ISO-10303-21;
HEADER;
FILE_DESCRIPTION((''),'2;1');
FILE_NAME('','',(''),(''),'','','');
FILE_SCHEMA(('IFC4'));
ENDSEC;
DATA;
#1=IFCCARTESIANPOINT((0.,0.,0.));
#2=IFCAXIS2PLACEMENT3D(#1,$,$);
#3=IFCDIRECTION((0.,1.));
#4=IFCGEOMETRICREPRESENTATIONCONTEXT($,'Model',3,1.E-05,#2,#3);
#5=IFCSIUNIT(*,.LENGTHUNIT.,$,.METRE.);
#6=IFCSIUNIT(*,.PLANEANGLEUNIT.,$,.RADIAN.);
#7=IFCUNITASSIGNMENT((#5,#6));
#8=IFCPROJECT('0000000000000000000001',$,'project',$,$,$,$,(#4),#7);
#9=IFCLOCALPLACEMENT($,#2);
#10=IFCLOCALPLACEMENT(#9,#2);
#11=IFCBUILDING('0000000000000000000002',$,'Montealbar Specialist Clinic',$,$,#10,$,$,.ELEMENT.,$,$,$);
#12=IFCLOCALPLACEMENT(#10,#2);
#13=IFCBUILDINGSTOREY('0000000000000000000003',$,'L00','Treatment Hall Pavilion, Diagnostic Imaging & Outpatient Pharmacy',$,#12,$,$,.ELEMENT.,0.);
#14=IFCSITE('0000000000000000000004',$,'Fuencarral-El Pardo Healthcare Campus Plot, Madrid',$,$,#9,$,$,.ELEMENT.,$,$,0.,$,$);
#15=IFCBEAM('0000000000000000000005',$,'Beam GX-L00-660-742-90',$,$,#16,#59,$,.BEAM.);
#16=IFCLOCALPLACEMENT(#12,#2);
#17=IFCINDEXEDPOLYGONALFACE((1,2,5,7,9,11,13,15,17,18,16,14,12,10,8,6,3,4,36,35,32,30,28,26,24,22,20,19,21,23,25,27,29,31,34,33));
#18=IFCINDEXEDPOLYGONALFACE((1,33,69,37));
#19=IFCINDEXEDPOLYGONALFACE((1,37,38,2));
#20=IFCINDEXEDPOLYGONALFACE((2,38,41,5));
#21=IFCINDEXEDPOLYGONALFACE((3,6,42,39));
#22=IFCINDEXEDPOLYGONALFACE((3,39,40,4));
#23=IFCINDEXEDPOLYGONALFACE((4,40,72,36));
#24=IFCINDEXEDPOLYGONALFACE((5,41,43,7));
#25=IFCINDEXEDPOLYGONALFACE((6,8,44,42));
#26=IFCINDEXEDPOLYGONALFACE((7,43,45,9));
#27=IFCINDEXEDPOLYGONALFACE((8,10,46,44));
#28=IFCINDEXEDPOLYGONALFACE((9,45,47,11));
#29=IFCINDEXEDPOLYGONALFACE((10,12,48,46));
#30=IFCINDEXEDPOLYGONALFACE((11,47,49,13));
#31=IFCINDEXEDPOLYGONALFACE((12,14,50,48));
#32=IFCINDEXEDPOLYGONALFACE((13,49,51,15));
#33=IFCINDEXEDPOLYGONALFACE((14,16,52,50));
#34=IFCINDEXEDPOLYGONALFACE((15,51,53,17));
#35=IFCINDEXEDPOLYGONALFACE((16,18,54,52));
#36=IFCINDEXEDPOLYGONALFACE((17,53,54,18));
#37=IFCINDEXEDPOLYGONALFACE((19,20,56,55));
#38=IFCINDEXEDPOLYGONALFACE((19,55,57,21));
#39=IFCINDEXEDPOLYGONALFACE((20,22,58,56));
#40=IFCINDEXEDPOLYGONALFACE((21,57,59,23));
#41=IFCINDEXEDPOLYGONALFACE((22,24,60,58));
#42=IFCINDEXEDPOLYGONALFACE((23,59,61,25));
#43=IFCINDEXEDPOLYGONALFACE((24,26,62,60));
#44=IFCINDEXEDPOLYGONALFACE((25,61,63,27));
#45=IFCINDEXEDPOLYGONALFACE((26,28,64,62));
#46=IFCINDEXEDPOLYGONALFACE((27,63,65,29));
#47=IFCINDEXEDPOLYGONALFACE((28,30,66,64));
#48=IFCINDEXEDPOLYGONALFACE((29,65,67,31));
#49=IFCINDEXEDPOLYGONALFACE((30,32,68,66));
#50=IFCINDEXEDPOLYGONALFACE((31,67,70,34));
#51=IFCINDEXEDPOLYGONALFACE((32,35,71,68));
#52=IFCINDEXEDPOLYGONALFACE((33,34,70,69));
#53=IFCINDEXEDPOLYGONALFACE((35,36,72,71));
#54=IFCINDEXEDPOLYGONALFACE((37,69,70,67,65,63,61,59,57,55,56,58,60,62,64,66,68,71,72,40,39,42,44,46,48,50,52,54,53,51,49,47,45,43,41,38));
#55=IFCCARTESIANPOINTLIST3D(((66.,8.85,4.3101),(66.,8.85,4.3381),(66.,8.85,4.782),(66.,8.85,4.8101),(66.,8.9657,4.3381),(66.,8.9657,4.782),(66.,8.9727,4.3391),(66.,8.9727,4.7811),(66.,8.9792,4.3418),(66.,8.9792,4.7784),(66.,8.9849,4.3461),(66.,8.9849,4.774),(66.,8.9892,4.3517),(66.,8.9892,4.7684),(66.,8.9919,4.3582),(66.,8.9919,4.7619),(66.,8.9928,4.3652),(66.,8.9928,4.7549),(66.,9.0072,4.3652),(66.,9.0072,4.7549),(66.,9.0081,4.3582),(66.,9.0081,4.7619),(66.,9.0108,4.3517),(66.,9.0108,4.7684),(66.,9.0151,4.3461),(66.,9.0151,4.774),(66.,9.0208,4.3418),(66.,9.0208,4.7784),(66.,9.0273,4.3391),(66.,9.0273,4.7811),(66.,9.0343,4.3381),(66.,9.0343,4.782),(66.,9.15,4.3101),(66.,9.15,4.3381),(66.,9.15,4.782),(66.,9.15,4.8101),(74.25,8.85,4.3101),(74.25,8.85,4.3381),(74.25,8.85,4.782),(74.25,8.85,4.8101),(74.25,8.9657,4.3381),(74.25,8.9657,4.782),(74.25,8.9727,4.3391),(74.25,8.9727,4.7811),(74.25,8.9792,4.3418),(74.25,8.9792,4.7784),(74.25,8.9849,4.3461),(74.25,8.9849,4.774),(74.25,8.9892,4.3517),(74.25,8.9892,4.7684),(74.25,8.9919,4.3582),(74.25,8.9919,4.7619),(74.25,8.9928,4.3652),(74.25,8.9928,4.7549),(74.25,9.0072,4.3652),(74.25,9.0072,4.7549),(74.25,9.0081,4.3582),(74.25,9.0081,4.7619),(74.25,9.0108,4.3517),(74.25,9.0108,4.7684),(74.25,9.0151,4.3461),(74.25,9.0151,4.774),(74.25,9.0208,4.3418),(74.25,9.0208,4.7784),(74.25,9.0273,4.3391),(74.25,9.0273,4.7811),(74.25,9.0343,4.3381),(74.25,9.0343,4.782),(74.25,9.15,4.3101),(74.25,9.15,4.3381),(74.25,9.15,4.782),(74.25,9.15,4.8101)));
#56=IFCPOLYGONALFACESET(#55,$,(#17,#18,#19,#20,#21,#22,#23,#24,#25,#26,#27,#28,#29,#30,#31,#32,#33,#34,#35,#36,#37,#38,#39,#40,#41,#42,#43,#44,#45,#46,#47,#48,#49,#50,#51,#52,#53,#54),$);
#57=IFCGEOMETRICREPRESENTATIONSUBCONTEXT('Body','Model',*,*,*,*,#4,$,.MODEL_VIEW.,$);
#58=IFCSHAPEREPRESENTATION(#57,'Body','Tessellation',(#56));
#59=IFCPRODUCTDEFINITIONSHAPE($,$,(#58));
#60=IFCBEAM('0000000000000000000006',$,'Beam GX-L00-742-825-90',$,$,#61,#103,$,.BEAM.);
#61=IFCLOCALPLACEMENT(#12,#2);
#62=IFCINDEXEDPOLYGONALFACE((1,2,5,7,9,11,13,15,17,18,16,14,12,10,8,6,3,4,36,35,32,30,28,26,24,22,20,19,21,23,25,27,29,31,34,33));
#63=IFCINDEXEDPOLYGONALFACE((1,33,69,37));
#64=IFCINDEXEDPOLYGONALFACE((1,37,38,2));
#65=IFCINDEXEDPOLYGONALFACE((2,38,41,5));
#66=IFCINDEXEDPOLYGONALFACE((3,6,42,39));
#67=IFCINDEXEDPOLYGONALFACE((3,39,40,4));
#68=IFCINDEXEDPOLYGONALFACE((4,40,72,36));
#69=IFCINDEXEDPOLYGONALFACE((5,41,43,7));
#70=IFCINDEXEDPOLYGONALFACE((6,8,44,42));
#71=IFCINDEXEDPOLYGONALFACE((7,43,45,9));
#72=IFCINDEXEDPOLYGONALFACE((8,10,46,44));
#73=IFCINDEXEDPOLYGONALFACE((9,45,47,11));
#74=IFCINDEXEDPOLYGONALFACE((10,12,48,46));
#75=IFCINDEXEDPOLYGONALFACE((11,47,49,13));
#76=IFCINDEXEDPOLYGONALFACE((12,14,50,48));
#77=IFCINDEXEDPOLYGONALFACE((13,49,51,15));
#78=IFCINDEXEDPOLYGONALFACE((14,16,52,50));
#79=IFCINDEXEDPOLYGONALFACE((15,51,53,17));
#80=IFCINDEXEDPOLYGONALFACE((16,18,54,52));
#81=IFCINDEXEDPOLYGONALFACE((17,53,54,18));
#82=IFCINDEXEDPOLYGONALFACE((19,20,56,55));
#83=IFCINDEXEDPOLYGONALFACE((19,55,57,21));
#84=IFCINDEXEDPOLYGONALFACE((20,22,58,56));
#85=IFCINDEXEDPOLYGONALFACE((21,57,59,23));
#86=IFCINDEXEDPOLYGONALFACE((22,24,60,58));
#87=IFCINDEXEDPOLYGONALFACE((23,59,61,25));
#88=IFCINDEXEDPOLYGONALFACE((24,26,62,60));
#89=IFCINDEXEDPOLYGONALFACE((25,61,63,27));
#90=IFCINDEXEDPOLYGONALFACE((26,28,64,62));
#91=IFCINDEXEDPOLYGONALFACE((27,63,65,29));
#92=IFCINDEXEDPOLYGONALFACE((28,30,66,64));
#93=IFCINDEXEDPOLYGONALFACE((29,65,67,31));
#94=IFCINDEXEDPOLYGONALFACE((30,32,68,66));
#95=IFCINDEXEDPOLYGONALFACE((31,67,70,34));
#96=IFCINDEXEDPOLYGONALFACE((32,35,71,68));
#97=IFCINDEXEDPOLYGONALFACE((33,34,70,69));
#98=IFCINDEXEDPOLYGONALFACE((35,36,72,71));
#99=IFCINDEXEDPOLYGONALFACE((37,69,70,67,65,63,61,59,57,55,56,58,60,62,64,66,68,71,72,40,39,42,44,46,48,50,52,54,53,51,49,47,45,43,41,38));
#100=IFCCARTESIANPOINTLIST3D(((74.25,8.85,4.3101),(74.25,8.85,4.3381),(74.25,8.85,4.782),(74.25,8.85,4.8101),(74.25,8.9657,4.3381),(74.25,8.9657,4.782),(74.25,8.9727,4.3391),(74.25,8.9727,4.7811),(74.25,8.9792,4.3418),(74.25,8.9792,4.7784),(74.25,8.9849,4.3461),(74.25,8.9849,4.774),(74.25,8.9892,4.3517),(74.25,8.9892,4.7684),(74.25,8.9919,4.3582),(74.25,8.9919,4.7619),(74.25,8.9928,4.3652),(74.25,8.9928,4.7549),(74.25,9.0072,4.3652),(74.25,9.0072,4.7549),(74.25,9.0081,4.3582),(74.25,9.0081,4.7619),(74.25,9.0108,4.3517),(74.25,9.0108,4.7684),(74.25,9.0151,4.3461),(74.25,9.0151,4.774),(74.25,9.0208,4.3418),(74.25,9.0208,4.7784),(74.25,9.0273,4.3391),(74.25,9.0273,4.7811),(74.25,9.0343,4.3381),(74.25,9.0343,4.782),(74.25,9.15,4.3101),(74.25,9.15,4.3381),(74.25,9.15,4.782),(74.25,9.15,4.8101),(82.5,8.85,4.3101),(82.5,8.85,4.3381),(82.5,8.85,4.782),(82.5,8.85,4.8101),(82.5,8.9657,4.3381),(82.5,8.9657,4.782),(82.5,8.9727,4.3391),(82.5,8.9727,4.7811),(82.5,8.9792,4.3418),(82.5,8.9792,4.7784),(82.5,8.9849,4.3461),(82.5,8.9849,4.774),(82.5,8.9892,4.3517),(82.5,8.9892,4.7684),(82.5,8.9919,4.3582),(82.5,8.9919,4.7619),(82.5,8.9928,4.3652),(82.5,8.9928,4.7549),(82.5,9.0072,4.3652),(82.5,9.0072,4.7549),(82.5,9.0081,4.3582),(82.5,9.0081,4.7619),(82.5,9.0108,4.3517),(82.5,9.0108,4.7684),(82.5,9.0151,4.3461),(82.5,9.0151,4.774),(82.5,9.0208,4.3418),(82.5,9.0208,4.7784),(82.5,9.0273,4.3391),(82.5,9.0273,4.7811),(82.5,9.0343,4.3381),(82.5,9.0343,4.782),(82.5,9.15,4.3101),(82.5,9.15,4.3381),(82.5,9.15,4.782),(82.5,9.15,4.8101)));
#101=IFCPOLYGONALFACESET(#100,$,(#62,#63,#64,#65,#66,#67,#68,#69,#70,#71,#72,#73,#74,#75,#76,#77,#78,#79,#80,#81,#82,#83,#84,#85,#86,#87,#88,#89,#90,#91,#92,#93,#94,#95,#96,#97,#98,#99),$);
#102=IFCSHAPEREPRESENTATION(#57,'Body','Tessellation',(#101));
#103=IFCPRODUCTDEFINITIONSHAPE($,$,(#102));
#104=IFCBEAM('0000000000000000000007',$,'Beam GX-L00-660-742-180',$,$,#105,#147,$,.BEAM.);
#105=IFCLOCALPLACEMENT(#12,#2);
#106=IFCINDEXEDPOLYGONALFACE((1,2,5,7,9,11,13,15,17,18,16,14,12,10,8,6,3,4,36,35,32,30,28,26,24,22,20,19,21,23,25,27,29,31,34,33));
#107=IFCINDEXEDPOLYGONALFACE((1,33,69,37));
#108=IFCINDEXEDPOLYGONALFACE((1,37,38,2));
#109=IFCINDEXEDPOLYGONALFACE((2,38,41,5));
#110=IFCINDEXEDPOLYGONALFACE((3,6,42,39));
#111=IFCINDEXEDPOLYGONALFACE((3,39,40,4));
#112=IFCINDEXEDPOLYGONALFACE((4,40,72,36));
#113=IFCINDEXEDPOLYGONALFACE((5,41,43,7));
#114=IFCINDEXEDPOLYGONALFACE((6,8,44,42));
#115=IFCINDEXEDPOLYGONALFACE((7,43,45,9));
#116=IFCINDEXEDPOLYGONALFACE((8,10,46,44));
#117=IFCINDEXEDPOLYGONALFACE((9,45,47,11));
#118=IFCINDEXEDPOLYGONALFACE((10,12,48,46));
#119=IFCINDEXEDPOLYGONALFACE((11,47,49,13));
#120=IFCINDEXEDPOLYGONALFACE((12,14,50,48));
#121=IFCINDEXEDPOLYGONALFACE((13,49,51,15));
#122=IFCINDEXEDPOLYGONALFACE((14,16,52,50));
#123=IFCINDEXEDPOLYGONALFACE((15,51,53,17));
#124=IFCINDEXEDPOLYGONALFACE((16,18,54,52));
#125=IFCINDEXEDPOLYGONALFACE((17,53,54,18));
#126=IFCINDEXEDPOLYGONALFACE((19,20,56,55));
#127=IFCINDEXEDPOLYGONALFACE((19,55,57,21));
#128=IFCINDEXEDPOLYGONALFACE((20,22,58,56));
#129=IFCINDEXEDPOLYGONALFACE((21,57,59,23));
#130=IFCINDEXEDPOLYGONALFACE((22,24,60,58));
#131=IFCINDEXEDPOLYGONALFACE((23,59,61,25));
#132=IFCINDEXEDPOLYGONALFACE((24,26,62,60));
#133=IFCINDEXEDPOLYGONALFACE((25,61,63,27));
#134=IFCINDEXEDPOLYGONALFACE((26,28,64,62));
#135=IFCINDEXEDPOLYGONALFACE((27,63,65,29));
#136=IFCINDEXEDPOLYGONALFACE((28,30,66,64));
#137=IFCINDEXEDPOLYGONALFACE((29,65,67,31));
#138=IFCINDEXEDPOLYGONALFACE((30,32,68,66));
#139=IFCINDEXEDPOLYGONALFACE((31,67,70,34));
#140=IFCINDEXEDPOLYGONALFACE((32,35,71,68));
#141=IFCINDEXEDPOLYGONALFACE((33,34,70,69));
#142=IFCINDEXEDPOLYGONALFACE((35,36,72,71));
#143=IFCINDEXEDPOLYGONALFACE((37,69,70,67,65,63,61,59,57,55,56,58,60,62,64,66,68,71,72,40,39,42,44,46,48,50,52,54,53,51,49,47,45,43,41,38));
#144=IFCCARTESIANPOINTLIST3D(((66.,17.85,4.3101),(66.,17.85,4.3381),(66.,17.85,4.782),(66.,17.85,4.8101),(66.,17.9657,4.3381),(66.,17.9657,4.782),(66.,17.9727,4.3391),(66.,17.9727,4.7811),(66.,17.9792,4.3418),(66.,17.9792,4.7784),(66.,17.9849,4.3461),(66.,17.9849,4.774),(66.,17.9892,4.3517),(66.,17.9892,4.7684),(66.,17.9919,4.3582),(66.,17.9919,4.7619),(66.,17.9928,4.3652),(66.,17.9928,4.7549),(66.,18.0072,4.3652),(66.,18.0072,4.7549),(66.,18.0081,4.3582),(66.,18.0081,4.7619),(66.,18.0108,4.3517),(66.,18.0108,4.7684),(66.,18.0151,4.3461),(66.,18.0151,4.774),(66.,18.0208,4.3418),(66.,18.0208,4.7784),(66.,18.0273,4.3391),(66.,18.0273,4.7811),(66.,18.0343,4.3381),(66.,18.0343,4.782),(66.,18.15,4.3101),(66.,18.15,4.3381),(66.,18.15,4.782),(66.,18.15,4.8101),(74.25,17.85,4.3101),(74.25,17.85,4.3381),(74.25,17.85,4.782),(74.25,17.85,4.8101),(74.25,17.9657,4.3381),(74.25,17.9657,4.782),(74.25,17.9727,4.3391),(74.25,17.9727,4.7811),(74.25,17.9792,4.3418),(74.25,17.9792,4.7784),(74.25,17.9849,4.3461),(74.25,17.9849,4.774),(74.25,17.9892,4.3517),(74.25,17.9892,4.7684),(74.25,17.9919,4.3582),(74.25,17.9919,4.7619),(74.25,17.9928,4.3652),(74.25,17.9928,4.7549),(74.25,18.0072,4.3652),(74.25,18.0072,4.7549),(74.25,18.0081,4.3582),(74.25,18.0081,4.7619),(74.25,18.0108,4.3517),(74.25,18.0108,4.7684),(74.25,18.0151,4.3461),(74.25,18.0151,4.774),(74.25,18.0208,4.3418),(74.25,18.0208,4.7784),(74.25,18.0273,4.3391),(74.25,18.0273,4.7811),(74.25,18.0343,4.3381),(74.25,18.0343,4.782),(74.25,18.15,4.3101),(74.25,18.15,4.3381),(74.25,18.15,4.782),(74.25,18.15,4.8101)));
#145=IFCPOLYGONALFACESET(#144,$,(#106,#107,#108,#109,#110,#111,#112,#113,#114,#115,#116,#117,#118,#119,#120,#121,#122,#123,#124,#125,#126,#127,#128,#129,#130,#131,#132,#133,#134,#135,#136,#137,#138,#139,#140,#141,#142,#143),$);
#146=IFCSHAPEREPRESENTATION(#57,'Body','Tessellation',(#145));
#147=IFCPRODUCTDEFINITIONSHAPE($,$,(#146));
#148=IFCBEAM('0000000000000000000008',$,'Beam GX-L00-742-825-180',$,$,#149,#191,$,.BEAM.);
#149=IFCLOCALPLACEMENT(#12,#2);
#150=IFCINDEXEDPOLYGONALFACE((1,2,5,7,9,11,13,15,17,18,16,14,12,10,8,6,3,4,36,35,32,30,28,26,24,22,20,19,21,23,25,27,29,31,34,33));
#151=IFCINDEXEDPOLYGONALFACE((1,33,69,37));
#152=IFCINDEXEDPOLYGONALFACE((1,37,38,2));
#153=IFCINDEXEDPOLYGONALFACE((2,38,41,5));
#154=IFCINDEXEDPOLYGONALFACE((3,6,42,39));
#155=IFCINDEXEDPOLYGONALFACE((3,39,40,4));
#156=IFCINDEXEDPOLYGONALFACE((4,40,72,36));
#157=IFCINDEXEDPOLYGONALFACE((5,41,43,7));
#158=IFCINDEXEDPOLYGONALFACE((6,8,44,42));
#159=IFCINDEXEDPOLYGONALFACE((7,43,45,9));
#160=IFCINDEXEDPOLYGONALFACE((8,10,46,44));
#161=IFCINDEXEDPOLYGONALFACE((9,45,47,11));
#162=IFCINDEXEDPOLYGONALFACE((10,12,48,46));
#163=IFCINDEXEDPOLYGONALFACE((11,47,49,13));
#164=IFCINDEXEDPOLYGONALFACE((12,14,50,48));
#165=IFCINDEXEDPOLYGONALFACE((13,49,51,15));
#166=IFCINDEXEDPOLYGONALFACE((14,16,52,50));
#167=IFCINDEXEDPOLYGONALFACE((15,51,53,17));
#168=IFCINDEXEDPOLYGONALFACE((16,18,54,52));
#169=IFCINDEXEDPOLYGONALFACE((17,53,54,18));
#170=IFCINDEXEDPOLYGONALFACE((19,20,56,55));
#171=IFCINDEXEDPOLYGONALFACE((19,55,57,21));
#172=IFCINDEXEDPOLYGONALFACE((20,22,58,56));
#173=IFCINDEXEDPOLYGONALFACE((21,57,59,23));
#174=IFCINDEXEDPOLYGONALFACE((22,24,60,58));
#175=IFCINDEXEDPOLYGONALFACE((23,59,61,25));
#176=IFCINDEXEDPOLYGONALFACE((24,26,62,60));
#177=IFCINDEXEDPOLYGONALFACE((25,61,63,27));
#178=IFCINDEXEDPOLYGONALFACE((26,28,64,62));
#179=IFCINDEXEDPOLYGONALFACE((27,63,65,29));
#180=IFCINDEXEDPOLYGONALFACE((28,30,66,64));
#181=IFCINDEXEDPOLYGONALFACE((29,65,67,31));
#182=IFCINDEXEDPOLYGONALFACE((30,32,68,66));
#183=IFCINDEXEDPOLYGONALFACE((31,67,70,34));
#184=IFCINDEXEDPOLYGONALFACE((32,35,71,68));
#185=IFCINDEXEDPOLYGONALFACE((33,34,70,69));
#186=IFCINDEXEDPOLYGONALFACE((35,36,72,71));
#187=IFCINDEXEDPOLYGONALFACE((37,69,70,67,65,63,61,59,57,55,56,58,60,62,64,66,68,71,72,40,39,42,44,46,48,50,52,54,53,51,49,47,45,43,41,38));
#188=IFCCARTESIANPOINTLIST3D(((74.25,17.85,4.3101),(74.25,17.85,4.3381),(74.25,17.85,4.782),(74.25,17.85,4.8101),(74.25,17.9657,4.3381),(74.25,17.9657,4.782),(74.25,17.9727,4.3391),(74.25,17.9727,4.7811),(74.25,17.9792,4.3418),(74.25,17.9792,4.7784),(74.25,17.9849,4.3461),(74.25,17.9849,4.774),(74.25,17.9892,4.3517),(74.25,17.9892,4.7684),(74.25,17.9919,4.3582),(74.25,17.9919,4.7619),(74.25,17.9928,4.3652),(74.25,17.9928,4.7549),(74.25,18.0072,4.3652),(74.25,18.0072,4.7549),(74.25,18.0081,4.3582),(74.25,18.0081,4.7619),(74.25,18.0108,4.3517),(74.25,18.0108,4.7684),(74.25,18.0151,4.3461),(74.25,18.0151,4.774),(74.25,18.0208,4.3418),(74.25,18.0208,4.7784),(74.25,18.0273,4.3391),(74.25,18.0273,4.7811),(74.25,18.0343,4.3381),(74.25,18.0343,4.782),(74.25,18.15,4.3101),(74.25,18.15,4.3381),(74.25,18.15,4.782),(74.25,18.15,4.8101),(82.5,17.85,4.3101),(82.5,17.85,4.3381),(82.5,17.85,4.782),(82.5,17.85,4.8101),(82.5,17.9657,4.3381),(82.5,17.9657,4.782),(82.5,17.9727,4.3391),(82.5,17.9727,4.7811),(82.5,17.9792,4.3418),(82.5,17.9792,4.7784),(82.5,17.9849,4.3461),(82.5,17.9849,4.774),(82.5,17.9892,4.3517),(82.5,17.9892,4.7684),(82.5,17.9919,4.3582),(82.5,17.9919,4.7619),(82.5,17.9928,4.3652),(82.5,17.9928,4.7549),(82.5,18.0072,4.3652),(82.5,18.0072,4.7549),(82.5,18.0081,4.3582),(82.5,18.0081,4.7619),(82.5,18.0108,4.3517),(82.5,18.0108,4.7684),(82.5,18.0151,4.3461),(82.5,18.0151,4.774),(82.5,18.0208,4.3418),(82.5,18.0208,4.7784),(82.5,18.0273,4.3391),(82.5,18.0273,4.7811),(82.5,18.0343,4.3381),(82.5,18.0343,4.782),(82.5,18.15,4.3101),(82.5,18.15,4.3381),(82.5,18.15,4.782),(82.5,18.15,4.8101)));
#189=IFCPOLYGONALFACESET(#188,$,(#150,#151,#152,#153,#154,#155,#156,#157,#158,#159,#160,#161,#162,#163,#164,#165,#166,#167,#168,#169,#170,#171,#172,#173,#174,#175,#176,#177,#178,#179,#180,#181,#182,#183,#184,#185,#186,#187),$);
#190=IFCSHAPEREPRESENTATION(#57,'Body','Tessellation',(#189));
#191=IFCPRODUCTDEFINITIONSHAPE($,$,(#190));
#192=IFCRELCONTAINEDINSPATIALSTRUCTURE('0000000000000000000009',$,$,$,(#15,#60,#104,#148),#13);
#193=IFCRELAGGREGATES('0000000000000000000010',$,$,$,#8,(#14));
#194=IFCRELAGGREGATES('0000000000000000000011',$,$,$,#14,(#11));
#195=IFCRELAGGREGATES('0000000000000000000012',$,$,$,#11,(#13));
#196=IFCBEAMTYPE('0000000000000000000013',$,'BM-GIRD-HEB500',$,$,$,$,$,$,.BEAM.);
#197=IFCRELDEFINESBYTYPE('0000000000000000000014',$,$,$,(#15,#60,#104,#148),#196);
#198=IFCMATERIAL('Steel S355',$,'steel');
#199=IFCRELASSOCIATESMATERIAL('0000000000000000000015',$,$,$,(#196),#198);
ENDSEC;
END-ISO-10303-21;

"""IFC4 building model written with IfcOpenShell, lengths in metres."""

from ifc_helpers import new_model, si_unit, direction, frame, origin, origin_2d, place, context, subcontext, project, spatial, i_section, extrude, material, material_profile, profile_set, type_object, element, save


model = new_model("IFC4")

# Units and contexts
model_context = context("Model", 3, precision=1e-05, world=origin(), true_north=direction((0.0, 1.0)))
body_context = subcontext(model_context, "Body", "Model", "MODEL_VIEW")
ifc_project = project(units=[si_unit("LENGTHUNIT", "METRE"), si_unit("PLANEANGLEUNIT", "RADIAN")], contexts=[model_context])

# Site, building, storey
site_placement = place(None, origin())
site = spatial("IfcSite", under=ifc_project, at=site_placement, Name="Fuencarral-El Pardo Healthcare Campus Plot, Madrid", CompositionType="ELEMENT", RefElevation=0.0)
building_placement = place(site_placement, origin())
building = spatial("IfcBuilding", under=site, at=building_placement, Name="Montealbar Specialist Clinic", CompositionType="ELEMENT")
storey_placement = place(building_placement, origin())
storey = spatial("IfcBuildingStorey", under=building, at=storey_placement, Name="L00", Description="Treatment Hall Pavilion, Diagnostic Imaging & Outpatient Pharmacy", CompositionType="ELEMENT", Elevation=0.0)

# Shared definitions
ifc_material_1 = material(Name="Steel S355", Category="steel")

# Beams
ifc_material_profile_1 = material_profile(ifc_material_1, i_section(OverallWidth=0.3, OverallDepth=0.5, WebThickness=0.0144, FlangeThickness=0.0281, FilletRadius=0.0271, at=origin_2d()), Name="HEB 500", Category="steel")
ifc_profile_set_1 = profile_set([ifc_material_profile_1], Name="Steel S355")
beam_type_1 = type_object("IfcBeamType", Name="BM-GIRD-HEB500", PredefinedType="BEAM", material=ifc_profile_set_1)
for number, where, z_axis, x_axis, name in (
    (1, (66.0, 9.0, 4.5601), (1.0, 0.0, 0.0), (0.0, 1.0, 0.0), "Beam GX-L00-660-742-90"),
    (2, (74.25, 9.0, 4.5601), (1.0, 0.0, 0.0), (0.0, 1.0, 0.0), "Beam GX-L00-742-825-90"),
    (3, (66.0, 18.0, 4.5601), (1.0, 0.0, 0.0), (0.0, 1.0, 0.0), "Beam GX-L00-660-742-180"),
    (4, (74.25, 18.0, 4.5601), (1.0, 0.0, 0.0), (0.0, 1.0, 0.0), "Beam GX-L00-742-825-180"),
):
    element("IfcBeam", number, at=place(storey_placement, frame(where, z_axis=z_axis, x_axis=x_axis)), inside=storey, type_object=beam_type_1, Name=name, PredefinedType="BEAM", context=body_context, shape_type="SweptSolid", body=[
        extrude(i_section(OverallWidth=0.3, OverallDepth=0.5, WebThickness=0.0144, FlangeThickness=0.0281, FilletRadius=0.0271, at=origin_2d()), origin(), (0.0, 0.0, 1.0), 8.25),
    ])

save(model, "model.ifc")
